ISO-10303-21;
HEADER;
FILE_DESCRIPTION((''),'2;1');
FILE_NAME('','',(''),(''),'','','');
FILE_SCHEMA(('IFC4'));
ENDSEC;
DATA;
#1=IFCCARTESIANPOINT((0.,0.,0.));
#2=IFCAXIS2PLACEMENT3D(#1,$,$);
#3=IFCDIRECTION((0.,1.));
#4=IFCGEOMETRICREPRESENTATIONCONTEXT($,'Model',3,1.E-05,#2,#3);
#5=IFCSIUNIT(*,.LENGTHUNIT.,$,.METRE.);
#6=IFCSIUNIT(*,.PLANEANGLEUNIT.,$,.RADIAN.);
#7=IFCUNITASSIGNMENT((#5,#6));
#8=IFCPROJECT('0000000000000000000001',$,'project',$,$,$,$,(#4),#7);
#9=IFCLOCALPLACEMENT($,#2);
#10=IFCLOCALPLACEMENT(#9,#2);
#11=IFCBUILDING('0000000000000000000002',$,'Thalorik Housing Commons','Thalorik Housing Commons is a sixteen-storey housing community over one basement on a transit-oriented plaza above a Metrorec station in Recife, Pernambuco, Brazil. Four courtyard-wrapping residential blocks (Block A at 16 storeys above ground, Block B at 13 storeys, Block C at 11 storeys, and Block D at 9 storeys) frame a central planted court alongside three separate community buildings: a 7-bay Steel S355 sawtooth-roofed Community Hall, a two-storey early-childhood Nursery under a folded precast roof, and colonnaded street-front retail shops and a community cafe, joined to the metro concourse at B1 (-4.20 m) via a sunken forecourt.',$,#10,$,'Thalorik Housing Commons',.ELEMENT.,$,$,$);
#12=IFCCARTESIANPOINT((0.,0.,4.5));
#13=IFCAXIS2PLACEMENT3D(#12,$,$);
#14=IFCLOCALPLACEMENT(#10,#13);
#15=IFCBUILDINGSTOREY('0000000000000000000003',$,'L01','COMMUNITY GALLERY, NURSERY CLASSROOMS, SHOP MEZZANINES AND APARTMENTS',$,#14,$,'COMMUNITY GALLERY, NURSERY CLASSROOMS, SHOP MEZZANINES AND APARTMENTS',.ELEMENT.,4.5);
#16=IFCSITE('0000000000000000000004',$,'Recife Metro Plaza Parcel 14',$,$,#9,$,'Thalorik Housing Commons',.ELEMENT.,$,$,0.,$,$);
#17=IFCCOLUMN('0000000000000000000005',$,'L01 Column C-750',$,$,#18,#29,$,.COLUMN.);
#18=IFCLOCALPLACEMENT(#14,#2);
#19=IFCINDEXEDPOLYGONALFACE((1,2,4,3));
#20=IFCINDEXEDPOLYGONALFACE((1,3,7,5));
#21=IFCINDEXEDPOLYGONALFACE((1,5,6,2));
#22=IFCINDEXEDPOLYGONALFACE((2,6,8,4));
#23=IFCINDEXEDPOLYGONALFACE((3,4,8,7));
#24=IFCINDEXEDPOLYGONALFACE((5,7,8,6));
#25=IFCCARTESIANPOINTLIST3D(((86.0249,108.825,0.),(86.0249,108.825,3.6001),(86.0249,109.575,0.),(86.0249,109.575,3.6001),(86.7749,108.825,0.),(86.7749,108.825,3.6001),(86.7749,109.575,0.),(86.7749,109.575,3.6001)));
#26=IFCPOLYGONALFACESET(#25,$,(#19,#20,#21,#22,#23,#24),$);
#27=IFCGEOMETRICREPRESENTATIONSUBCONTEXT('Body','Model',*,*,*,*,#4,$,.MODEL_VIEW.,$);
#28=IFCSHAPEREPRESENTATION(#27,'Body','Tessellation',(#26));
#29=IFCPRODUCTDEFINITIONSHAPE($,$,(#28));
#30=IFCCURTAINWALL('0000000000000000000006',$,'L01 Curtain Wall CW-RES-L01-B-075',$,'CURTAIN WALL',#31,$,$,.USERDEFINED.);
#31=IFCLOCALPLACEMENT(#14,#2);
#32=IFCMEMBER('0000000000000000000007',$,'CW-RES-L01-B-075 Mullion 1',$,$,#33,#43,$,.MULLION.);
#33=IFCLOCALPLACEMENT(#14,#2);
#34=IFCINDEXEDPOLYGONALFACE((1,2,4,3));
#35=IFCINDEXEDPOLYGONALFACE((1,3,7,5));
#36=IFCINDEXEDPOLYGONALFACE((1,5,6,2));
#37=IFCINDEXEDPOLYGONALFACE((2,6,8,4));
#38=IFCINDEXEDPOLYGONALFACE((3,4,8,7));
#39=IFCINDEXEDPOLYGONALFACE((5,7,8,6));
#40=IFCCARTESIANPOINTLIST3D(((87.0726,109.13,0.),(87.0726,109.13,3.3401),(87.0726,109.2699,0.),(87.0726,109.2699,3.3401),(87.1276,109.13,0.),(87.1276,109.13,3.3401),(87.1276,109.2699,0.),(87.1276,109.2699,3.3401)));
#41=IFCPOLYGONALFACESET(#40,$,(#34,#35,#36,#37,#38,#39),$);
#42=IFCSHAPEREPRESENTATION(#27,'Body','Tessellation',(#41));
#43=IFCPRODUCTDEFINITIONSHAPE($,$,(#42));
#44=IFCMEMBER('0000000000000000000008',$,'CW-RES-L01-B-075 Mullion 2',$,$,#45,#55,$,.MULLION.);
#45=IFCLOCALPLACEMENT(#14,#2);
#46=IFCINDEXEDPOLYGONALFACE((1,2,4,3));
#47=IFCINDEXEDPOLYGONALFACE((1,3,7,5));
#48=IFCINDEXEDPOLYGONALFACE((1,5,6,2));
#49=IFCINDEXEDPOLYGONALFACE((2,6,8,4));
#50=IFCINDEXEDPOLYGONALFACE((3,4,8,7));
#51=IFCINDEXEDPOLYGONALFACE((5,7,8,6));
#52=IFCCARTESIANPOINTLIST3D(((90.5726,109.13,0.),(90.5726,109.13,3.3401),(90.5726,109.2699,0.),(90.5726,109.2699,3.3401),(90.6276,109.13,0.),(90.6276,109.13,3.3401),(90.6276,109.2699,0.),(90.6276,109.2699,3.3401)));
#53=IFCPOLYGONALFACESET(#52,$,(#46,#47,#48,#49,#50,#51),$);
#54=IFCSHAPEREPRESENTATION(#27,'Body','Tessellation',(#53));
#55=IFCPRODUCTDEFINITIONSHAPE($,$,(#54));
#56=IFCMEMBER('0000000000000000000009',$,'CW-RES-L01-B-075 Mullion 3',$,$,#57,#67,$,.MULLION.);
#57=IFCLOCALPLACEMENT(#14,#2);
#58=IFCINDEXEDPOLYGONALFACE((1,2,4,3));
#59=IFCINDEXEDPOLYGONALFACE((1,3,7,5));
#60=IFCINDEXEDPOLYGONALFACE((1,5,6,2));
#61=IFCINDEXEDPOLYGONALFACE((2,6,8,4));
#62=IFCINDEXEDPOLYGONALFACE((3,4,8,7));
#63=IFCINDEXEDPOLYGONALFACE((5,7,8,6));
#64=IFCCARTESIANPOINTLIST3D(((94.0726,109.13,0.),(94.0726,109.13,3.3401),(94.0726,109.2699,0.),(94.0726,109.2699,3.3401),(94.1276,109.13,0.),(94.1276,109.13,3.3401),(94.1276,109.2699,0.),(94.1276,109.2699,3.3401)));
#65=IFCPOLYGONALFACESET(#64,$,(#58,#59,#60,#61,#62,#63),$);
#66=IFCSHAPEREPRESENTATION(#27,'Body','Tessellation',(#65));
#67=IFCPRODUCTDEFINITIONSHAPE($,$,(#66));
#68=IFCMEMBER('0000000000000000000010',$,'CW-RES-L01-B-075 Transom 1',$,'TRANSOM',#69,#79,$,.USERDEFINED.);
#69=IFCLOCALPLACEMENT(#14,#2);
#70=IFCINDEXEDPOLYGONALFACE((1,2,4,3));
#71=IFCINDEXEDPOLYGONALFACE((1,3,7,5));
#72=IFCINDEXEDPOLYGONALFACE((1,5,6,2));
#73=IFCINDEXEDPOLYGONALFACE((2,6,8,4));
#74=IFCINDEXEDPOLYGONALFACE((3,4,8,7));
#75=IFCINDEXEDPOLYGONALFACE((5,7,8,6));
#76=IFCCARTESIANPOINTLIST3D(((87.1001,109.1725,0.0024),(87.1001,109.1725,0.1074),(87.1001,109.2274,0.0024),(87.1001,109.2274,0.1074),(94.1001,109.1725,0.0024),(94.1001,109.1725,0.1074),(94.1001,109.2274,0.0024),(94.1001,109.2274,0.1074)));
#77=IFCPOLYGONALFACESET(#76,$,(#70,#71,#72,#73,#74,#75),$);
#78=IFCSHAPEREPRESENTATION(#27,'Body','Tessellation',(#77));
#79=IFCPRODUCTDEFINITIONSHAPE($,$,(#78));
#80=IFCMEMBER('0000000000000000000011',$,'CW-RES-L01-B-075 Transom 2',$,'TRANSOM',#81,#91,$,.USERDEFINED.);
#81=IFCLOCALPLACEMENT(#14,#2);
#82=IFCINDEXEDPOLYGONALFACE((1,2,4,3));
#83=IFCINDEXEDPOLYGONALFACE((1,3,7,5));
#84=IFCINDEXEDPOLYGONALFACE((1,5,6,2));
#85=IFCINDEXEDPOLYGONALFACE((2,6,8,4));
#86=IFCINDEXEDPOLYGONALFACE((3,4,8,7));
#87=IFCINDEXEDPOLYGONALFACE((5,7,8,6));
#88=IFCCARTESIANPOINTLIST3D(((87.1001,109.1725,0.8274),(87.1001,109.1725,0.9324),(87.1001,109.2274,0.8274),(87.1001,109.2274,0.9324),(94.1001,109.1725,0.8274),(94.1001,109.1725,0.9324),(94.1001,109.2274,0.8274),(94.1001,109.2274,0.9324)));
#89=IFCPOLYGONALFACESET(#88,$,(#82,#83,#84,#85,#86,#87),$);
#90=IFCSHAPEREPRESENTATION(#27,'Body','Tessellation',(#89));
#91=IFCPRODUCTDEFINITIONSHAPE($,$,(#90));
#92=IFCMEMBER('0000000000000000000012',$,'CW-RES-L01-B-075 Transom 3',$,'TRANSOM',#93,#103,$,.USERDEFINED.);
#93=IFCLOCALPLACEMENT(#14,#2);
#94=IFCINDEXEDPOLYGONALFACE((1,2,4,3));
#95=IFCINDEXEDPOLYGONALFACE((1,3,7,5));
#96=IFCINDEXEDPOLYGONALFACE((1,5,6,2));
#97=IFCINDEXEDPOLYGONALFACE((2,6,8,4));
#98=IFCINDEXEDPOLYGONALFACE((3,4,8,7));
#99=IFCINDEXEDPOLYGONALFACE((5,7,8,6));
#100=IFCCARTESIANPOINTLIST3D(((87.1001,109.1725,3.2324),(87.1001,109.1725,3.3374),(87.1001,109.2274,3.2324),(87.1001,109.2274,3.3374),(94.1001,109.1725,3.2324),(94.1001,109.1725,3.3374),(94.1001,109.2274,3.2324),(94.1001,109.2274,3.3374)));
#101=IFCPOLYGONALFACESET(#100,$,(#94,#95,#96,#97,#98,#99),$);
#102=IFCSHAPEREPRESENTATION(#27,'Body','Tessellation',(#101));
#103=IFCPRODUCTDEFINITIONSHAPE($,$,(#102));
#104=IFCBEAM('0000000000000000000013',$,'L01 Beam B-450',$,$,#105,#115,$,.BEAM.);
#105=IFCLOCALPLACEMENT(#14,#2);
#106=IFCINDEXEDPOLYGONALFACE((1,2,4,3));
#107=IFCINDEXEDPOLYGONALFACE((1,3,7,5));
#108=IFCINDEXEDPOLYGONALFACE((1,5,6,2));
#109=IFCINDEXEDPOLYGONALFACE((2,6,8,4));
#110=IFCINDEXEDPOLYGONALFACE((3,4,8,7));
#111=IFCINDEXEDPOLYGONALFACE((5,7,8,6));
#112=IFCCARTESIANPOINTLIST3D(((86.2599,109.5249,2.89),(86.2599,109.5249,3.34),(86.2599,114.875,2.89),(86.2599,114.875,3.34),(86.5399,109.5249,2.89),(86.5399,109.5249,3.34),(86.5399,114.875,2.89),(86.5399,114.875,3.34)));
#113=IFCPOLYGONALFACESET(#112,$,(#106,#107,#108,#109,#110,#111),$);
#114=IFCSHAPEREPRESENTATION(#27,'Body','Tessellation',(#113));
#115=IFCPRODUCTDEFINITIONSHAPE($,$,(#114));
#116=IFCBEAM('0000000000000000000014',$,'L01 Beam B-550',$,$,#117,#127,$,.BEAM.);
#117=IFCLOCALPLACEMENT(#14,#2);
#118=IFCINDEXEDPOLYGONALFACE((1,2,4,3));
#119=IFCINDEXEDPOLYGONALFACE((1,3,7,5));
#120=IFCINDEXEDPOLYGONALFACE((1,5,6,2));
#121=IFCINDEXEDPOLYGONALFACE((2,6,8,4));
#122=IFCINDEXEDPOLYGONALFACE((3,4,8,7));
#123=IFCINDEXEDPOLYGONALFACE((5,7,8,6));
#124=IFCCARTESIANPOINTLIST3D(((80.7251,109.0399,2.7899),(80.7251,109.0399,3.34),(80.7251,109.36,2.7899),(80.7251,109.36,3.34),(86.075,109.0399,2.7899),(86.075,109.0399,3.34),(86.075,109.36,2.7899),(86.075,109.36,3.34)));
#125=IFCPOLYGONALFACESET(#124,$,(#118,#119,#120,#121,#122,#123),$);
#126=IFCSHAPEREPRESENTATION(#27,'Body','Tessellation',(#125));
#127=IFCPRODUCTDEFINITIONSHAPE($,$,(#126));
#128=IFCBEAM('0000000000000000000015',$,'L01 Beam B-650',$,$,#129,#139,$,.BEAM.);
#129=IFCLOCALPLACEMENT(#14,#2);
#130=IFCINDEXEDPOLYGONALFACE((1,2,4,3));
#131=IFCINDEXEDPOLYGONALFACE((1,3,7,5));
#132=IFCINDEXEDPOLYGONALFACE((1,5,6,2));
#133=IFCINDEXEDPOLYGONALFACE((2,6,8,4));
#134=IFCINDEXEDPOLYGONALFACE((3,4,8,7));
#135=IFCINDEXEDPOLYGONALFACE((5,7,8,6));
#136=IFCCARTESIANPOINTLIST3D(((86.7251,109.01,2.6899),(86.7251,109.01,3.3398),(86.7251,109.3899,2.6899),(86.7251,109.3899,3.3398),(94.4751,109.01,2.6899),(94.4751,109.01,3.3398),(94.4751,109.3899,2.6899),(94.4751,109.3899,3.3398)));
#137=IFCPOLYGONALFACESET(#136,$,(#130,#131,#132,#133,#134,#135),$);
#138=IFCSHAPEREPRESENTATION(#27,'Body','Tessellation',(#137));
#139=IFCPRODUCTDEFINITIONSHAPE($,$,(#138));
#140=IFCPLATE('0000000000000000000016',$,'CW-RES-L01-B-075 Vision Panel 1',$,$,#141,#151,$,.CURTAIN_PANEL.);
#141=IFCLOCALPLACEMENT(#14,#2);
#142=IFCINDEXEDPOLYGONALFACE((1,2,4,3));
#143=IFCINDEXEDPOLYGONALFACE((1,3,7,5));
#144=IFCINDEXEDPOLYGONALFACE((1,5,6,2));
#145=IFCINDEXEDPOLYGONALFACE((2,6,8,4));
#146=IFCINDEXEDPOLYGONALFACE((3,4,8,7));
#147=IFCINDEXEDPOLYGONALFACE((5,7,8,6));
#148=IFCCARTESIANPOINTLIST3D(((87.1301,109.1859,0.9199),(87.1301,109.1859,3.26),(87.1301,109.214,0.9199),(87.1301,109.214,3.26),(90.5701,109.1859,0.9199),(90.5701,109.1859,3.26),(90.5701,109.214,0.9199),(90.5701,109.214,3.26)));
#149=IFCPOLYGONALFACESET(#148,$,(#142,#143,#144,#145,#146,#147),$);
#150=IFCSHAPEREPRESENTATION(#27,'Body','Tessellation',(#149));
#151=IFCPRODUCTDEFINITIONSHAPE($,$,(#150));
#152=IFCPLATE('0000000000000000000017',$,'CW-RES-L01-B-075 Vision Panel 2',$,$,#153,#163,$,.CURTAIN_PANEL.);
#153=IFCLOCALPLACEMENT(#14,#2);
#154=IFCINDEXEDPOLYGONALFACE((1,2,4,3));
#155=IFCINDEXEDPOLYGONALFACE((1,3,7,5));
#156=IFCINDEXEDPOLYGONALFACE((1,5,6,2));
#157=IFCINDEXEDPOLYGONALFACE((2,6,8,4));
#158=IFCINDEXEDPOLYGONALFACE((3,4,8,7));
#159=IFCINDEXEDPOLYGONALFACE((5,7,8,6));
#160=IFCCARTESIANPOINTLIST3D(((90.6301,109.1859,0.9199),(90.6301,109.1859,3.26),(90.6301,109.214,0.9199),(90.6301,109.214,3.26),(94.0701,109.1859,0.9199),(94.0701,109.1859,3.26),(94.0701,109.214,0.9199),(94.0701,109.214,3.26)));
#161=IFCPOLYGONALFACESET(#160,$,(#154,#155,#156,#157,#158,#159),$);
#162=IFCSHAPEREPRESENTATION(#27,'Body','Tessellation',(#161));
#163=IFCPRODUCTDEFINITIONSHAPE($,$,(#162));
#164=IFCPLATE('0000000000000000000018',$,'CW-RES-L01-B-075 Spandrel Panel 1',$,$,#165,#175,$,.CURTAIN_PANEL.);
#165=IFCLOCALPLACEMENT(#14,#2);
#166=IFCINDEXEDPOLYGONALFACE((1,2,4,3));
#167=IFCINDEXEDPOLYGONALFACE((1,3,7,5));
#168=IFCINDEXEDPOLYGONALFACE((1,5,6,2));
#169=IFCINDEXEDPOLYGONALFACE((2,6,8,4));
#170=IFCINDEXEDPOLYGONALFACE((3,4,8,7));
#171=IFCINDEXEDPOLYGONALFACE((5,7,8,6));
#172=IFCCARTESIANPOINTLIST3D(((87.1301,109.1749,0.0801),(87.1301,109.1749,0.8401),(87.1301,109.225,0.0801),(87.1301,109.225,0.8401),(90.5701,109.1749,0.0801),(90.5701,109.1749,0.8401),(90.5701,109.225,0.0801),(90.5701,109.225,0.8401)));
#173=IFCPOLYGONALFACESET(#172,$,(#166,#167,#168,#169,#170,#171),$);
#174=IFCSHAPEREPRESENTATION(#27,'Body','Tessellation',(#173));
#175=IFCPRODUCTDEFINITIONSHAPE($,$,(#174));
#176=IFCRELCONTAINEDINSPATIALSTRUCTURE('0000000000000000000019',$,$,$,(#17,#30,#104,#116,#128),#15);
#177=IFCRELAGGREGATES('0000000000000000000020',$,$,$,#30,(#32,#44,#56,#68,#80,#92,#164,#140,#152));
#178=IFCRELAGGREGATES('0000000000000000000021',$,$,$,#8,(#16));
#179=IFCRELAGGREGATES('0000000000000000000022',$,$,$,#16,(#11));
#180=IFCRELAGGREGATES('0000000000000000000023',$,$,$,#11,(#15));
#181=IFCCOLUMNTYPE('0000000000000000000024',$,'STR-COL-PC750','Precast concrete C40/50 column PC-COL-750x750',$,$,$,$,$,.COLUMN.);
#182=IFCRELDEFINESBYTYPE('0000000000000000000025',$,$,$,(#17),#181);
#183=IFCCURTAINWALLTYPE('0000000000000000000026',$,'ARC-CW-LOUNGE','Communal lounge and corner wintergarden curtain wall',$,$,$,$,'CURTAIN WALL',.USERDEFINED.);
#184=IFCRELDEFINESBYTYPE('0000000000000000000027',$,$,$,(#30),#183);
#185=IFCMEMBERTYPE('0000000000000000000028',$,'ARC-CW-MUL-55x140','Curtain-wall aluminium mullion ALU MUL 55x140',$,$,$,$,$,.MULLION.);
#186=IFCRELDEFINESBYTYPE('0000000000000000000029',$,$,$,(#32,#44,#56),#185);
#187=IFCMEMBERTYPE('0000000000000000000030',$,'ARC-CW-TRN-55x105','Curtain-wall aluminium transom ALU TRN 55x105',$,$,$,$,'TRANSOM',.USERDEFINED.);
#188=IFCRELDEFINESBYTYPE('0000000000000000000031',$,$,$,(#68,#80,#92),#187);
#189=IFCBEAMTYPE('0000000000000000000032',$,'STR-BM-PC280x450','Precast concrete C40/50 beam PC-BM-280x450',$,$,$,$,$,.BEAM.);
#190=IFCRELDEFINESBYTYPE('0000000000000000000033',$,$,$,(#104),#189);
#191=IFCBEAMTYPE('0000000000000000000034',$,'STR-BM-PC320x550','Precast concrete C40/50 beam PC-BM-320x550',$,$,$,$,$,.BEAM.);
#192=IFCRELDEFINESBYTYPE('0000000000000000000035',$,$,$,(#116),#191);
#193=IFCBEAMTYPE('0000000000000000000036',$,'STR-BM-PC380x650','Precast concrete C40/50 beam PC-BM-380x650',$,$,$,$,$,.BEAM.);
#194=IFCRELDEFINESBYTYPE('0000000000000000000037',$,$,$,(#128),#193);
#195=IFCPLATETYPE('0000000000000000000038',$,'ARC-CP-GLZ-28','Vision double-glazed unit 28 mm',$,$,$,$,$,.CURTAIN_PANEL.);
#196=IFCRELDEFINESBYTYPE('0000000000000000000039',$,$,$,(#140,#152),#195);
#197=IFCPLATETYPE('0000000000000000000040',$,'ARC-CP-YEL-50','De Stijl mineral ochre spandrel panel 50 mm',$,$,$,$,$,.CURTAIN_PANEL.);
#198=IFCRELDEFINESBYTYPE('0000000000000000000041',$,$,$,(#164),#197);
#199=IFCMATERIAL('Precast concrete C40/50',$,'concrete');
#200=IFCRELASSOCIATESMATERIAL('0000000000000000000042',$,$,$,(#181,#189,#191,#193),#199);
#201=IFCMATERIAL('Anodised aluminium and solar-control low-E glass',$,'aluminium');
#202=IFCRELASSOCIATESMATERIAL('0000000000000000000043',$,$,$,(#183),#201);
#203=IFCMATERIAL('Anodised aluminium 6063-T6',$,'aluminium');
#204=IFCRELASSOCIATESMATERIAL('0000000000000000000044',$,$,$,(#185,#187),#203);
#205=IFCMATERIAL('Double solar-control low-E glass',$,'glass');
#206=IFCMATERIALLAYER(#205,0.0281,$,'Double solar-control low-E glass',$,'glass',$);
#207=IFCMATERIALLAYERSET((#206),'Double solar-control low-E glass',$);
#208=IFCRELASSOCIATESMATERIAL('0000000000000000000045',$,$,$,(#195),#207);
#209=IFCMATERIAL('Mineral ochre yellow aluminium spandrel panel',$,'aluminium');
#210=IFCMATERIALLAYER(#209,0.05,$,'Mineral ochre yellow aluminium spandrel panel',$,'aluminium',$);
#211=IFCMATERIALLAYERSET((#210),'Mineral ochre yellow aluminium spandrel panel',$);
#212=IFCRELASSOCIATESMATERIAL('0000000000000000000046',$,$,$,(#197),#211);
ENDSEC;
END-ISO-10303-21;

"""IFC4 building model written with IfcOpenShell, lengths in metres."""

from ifc_helpers import new_model, si_unit, direction, frame, origin, origin_2d, place, context, subcontext, project, spatial, rectangle, extrude, material, layer, layer_set, material_profile, profile_set, type_object, element, aggregate, save


model = new_model("IFC4")

# Units and contexts
model_context = context("Model", 3, precision=1e-05, world=origin(), true_north=direction((0.0, 1.0)))
body_context = subcontext(model_context, "Body", "Model", "MODEL_VIEW")
ifc_project = project(units=[si_unit("LENGTHUNIT", "METRE"), si_unit("PLANEANGLEUNIT", "RADIAN")], contexts=[model_context])

# Site, building, storey
site_placement = place(None, origin())
site = spatial("IfcSite", under=ifc_project, at=site_placement, Name="Recife Metro Plaza Parcel 14", LongName="Thalorik Housing Commons", CompositionType="ELEMENT", RefElevation=0.0)
building_placement = place(site_placement, origin())
building = spatial("IfcBuilding", under=site, at=building_placement, Name="Thalorik Housing Commons", Description="Thalorik Housing Commons is a sixteen-storey housing community over one basement on a transit-oriented plaza above a Metrorec station in Recife, Pernambuco, Brazil. Four courtyard-wrapping residential blocks (Block A at 16 storeys above ground, Block B at 13 storeys, Block C at 11 storeys, and Block D at 9 storeys) frame a central planted court alongside three separate community buildings: a 7-bay Steel S355 sawtooth-roofed Community Hall, a two-storey early-childhood Nursery under a folded precast roof, and colonnaded street-front retail shops and a community cafe, joined to the metro concourse at B1 (-4.20 m) via a sunken forecourt.", LongName="Thalorik Housing Commons", CompositionType="ELEMENT")
storey_placement = place(building_placement, frame((0.0, 0.0, 4.5)))
storey = spatial("IfcBuildingStorey", under=building, at=storey_placement, Name="L01", Description="COMMUNITY GALLERY, NURSERY CLASSROOMS, SHOP MEZZANINES AND APARTMENTS", LongName="COMMUNITY GALLERY, NURSERY CLASSROOMS, SHOP MEZZANINES AND APARTMENTS", CompositionType="ELEMENT", Elevation=4.5)

# Column
ifc_material_1 = material(Name="Precast concrete C40/50", Category="concrete")
ifc_material_profile_1 = material_profile(ifc_material_1, rectangle(XDim=0.75, YDim=0.75, at=origin_2d()), Name="PC 750x750", Category="concrete")
ifc_profile_set_1 = profile_set([ifc_material_profile_1], Name="Precast concrete C40/50")
column_type = type_object("IfcColumnType", Name="STR-COL-PC750", Description="Precast concrete C40/50 column PC-COL-750x750", PredefinedType="COLUMN", material=ifc_profile_set_1)
column_placement = place(storey_placement, frame((86.3999, 109.2, 0.0), z_axis=(0.0, 0.0, 1.0), x_axis=(1.0, 0.0, 0.0)))
element("IfcColumn", 1, at=column_placement, inside=storey, type_object=column_type, Name="L01 Column C-750", PredefinedType="COLUMN", context=body_context, shape_type="SweptSolid", body=[
    extrude(rectangle(XDim=0.75, YDim=0.75, at=origin_2d()), origin(), (0.0, 0.0, 1.0), 3.6001),
])

# Curtain wall, members
ifc_material_2 = material(Name="Anodised aluminium and solar-control low-E glass", Category="aluminium")
curtain_wall_type = type_object("IfcCurtainWallType", Name="ARC-CW-LOUNGE", Description="Communal lounge and corner wintergarden curtain wall", ElementType="CURTAIN WALL", PredefinedType="USERDEFINED", material=ifc_material_2)
curtain_wall_placement = place(storey_placement, origin())
curtain_wall = element("IfcCurtainWall", 2, at=curtain_wall_placement, inside=storey, type_object=curtain_wall_type, Name="L01 Curtain Wall CW-RES-L01-B-075", ObjectType="CURTAIN WALL", PredefinedType="USERDEFINED")
ifc_material_3 = material(Name="Anodised aluminium 6063-T6", Category="aluminium")
ifc_material_profile_2 = material_profile(ifc_material_3, rectangle(XDim=0.0549, YDim=0.1399, at=origin_2d()), Name="ALU MUL 55x140", Category="aluminium")
ifc_profile_set_2 = profile_set([ifc_material_profile_2], Name="Anodised aluminium 6063-T6")
member_type_1 = type_object("IfcMemberType", Name="ARC-CW-MUL-55x140", Description="Curtain-wall aluminium mullion ALU MUL 55x140", PredefinedType="MULLION", material=ifc_profile_set_2)
member_1_placement = place(storey_placement, frame((87.1001, 109.2, 0.0), z_axis=(0.0, 0.0, 1.0), x_axis=(1.0, 0.0, 0.0)))
member_1 = element("IfcMember", 3, at=member_1_placement, type_object=member_type_1, Name="CW-RES-L01-B-075 Mullion 1", PredefinedType="MULLION", context=body_context, shape_type="SweptSolid", body=[
    extrude(rectangle(XDim=0.0549, YDim=0.1399, at=origin_2d()), origin(), (0.0, 0.0, 1.0), 3.3401),
])
member_2_placement = place(storey_placement, frame((90.6001, 109.2, 0.0), z_axis=(0.0, 0.0, 1.0), x_axis=(1.0, 0.0, 0.0)))
member_2 = element("IfcMember", 4, at=member_2_placement, type_object=member_type_1, Name="CW-RES-L01-B-075 Mullion 2", PredefinedType="MULLION", context=body_context, shape_type="SweptSolid", body=[
    extrude(rectangle(XDim=0.0549, YDim=0.1399, at=origin_2d()), origin(), (0.0, 0.0, 1.0), 3.3401),
])
member_3_placement = place(storey_placement, frame((94.1001, 109.2, 0.0), z_axis=(0.0, 0.0, 1.0), x_axis=(1.0, 0.0, 0.0)))
member_3 = element("IfcMember", 5, at=member_3_placement, type_object=member_type_1, Name="CW-RES-L01-B-075 Mullion 3", PredefinedType="MULLION", context=body_context, shape_type="SweptSolid", body=[
    extrude(rectangle(XDim=0.0549, YDim=0.1399, at=origin_2d()), origin(), (0.0, 0.0, 1.0), 3.3401),
])
ifc_material_profile_3 = material_profile(ifc_material_3, rectangle(XDim=0.0549, YDim=0.105, at=origin_2d()), Name="ALU TRN 55x105", Category="aluminium")
ifc_profile_set_3 = profile_set([ifc_material_profile_3], Name="Anodised aluminium 6063-T6")
member_type_2 = type_object("IfcMemberType", Name="ARC-CW-TRN-55x105", Description="Curtain-wall aluminium transom ALU TRN 55x105", ElementType="TRANSOM", PredefinedType="USERDEFINED", material=ifc_profile_set_3)
member_4_placement = place(storey_placement, frame((87.1001, 109.2, 0.0549), z_axis=(1.0, 0.0, 0.0), x_axis=(0.0, 1.0, 0.0)))
member_4 = element("IfcMember", 6, at=member_4_placement, type_object=member_type_2, Name="CW-RES-L01-B-075 Transom 1", ObjectType="TRANSOM", PredefinedType="USERDEFINED", context=body_context, shape_type="SweptSolid", body=[
    extrude(rectangle(XDim=0.0549, YDim=0.105, at=origin_2d()), origin(), (0.0, 0.0, 1.0), 7.0),
])
member_5_placement = place(storey_placement, frame((87.1001, 109.2, 0.8799), z_axis=(1.0, 0.0, 0.0), x_axis=(0.0, 1.0, 0.0)))
member_5 = element("IfcMember", 7, at=member_5_placement, type_object=member_type_2, Name="CW-RES-L01-B-075 Transom 2", ObjectType="TRANSOM", PredefinedType="USERDEFINED", context=body_context, shape_type="SweptSolid", body=[
    extrude(rectangle(XDim=0.0549, YDim=0.105, at=origin_2d()), origin(), (0.0, 0.0, 1.0), 7.0),
])
member_6_placement = place(storey_placement, frame((87.1001, 109.2, 3.2849), z_axis=(1.0, 0.0, 0.0), x_axis=(0.0, 1.0, 0.0)))
member_6 = element("IfcMember", 8, at=member_6_placement, type_object=member_type_2, Name="CW-RES-L01-B-075 Transom 3", ObjectType="TRANSOM", PredefinedType="USERDEFINED", context=body_context, shape_type="SweptSolid", body=[
    extrude(rectangle(XDim=0.0549, YDim=0.105, at=origin_2d()), origin(), (0.0, 0.0, 1.0), 7.0),
])

# Beams
ifc_material_profile_4 = material_profile(ifc_material_1, rectangle(XDim=0.28, YDim=0.45, at=origin_2d()), Name="PC 280x450", Category="concrete")
ifc_profile_set_4 = profile_set([ifc_material_profile_4], Name="Precast concrete C40/50")
beam_type_1 = type_object("IfcBeamType", Name="STR-BM-PC280x450", Description="Precast concrete C40/50 beam PC-BM-280x450", PredefinedType="BEAM", material=ifc_profile_set_4)
beam_1_placement = place(storey_placement, frame((86.3999, 109.5249, 3.115), z_axis=(0.0, 1.0, 0.0), x_axis=(-1.0, 0.0, 0.0)))
element("IfcBeam", 9, at=beam_1_placement, inside=storey, type_object=beam_type_1, Name="L01 Beam B-450", PredefinedType="BEAM", context=body_context, shape_type="SweptSolid", body=[
    extrude(rectangle(XDim=0.28, YDim=0.45, at=origin_2d()), origin(), (0.0, 0.0, 1.0), 5.3501),
])
ifc_material_profile_5 = material_profile(ifc_material_1, rectangle(XDim=0.3201, YDim=0.55, at=origin_2d()), Name="PC 320x550", Category="concrete")
ifc_profile_set_5 = profile_set([ifc_material_profile_5], Name="Precast concrete C40/50")
beam_type_2 = type_object("IfcBeamType", Name="STR-BM-PC320x550", Description="Precast concrete C40/50 beam PC-BM-320x550", PredefinedType="BEAM", material=ifc_profile_set_5)
beam_2_placement = place(storey_placement, frame((80.7251, 109.2, 3.0649), z_axis=(1.0, 0.0, 0.0), x_axis=(0.0, 1.0, 0.0)))
element("IfcBeam", 10, at=beam_2_placement, inside=storey, type_object=beam_type_2, Name="L01 Beam B-550", PredefinedType="BEAM", context=body_context, shape_type="SweptSolid", body=[
    extrude(rectangle(XDim=0.3201, YDim=0.55, at=origin_2d()), origin(), (0.0, 0.0, 1.0), 5.3499),
])
ifc_material_profile_6 = material_profile(ifc_material_1, rectangle(XDim=0.3799, YDim=0.6499, at=origin_2d()), Name="PC 380x650", Category="concrete")
ifc_profile_set_6 = profile_set([ifc_material_profile_6], Name="Precast concrete C40/50")
beam_type_3 = type_object("IfcBeamType", Name="STR-BM-PC380x650", Description="Precast concrete C40/50 beam PC-BM-380x650", PredefinedType="BEAM", material=ifc_profile_set_6)
beam_3_placement = place(storey_placement, frame((86.7251, 109.2, 3.0149), z_axis=(1.0, 0.0, 0.0), x_axis=(0.0, 1.0, 0.0)))
element("IfcBeam", 11, at=beam_3_placement, inside=storey, type_object=beam_type_3, Name="L01 Beam B-650", PredefinedType="BEAM", context=body_context, shape_type="SweptSolid", body=[
    extrude(rectangle(XDim=0.3799, YDim=0.6499, at=origin_2d()), origin(), (0.0, 0.0, 1.0), 7.75),
])

# Plates
ifc_material_4 = material(Name="Double solar-control low-E glass", Category="glass")
ifc_layer_1 = layer(ifc_material_4, 0.0281, Name="Double solar-control low-E glass", Category="glass")
ifc_layer_set_1 = layer_set([ifc_layer_1], Name="Double solar-control low-E glass")
plate_type_1 = type_object("IfcPlateType", Name="ARC-CP-GLZ-28", Description="Vision double-glazed unit 28 mm", PredefinedType="CURTAIN_PANEL", material=ifc_layer_set_1)
plate_1_placement = place(storey_placement, frame((88.8501, 109.2, 0.9199), z_axis=(0.0, 0.0, 1.0), x_axis=(1.0, 0.0, 0.0)))
plate_1 = element("IfcPlate", 12, at=plate_1_placement, type_object=plate_type_1, Name="CW-RES-L01-B-075 Vision Panel 1", PredefinedType="CURTAIN_PANEL", context=body_context, shape_type="SweptSolid", body=[
    extrude(rectangle(XDim=3.4399, YDim=0.0281, at=origin_2d()), origin(), (0.0, 0.0, 1.0), 2.3401),
])
plate_2_placement = place(storey_placement, frame((92.3501, 109.2, 0.9199), z_axis=(0.0, 0.0, 1.0), x_axis=(1.0, 0.0, 0.0)))
plate_2 = element("IfcPlate", 13, at=plate_2_placement, type_object=plate_type_1, Name="CW-RES-L01-B-075 Vision Panel 2", PredefinedType="CURTAIN_PANEL", context=body_context, shape_type="SweptSolid", body=[
    extrude(rectangle(XDim=3.4399, YDim=0.0281, at=origin_2d()), origin(), (0.0, 0.0, 1.0), 2.3401),
])
ifc_material_5 = material(Name="Mineral ochre yellow aluminium spandrel panel", Category="aluminium")
ifc_layer_2 = layer(ifc_material_5, 0.05, Name="Mineral ochre yellow aluminium spandrel panel", Category="aluminium")
ifc_layer_set_2 = layer_set([ifc_layer_2], Name="Mineral ochre yellow aluminium spandrel panel")
plate_type_2 = type_object("IfcPlateType", Name="ARC-CP-YEL-50", Description="De Stijl mineral ochre spandrel panel 50 mm", PredefinedType="CURTAIN_PANEL", material=ifc_layer_set_2)
plate_3_placement = place(storey_placement, frame((88.8501, 109.2, 0.0801), z_axis=(0.0, 0.0, 1.0), x_axis=(1.0, 0.0, 0.0)))
plate_3 = element("IfcPlate", 14, at=plate_3_placement, type_object=plate_type_2, Name="CW-RES-L01-B-075 Spandrel Panel 1", PredefinedType="CURTAIN_PANEL", context=body_context, shape_type="SweptSolid", body=[
    extrude(rectangle(XDim=3.4399, YDim=0.05, at=origin_2d()), origin(), (0.0, 0.0, 1.0), 0.76),
])
aggregate(curtain_wall, [member_1, member_2, member_3, member_4, member_5, member_6, plate_3, plate_1, plate_2])

save(model, "model.ifc")
